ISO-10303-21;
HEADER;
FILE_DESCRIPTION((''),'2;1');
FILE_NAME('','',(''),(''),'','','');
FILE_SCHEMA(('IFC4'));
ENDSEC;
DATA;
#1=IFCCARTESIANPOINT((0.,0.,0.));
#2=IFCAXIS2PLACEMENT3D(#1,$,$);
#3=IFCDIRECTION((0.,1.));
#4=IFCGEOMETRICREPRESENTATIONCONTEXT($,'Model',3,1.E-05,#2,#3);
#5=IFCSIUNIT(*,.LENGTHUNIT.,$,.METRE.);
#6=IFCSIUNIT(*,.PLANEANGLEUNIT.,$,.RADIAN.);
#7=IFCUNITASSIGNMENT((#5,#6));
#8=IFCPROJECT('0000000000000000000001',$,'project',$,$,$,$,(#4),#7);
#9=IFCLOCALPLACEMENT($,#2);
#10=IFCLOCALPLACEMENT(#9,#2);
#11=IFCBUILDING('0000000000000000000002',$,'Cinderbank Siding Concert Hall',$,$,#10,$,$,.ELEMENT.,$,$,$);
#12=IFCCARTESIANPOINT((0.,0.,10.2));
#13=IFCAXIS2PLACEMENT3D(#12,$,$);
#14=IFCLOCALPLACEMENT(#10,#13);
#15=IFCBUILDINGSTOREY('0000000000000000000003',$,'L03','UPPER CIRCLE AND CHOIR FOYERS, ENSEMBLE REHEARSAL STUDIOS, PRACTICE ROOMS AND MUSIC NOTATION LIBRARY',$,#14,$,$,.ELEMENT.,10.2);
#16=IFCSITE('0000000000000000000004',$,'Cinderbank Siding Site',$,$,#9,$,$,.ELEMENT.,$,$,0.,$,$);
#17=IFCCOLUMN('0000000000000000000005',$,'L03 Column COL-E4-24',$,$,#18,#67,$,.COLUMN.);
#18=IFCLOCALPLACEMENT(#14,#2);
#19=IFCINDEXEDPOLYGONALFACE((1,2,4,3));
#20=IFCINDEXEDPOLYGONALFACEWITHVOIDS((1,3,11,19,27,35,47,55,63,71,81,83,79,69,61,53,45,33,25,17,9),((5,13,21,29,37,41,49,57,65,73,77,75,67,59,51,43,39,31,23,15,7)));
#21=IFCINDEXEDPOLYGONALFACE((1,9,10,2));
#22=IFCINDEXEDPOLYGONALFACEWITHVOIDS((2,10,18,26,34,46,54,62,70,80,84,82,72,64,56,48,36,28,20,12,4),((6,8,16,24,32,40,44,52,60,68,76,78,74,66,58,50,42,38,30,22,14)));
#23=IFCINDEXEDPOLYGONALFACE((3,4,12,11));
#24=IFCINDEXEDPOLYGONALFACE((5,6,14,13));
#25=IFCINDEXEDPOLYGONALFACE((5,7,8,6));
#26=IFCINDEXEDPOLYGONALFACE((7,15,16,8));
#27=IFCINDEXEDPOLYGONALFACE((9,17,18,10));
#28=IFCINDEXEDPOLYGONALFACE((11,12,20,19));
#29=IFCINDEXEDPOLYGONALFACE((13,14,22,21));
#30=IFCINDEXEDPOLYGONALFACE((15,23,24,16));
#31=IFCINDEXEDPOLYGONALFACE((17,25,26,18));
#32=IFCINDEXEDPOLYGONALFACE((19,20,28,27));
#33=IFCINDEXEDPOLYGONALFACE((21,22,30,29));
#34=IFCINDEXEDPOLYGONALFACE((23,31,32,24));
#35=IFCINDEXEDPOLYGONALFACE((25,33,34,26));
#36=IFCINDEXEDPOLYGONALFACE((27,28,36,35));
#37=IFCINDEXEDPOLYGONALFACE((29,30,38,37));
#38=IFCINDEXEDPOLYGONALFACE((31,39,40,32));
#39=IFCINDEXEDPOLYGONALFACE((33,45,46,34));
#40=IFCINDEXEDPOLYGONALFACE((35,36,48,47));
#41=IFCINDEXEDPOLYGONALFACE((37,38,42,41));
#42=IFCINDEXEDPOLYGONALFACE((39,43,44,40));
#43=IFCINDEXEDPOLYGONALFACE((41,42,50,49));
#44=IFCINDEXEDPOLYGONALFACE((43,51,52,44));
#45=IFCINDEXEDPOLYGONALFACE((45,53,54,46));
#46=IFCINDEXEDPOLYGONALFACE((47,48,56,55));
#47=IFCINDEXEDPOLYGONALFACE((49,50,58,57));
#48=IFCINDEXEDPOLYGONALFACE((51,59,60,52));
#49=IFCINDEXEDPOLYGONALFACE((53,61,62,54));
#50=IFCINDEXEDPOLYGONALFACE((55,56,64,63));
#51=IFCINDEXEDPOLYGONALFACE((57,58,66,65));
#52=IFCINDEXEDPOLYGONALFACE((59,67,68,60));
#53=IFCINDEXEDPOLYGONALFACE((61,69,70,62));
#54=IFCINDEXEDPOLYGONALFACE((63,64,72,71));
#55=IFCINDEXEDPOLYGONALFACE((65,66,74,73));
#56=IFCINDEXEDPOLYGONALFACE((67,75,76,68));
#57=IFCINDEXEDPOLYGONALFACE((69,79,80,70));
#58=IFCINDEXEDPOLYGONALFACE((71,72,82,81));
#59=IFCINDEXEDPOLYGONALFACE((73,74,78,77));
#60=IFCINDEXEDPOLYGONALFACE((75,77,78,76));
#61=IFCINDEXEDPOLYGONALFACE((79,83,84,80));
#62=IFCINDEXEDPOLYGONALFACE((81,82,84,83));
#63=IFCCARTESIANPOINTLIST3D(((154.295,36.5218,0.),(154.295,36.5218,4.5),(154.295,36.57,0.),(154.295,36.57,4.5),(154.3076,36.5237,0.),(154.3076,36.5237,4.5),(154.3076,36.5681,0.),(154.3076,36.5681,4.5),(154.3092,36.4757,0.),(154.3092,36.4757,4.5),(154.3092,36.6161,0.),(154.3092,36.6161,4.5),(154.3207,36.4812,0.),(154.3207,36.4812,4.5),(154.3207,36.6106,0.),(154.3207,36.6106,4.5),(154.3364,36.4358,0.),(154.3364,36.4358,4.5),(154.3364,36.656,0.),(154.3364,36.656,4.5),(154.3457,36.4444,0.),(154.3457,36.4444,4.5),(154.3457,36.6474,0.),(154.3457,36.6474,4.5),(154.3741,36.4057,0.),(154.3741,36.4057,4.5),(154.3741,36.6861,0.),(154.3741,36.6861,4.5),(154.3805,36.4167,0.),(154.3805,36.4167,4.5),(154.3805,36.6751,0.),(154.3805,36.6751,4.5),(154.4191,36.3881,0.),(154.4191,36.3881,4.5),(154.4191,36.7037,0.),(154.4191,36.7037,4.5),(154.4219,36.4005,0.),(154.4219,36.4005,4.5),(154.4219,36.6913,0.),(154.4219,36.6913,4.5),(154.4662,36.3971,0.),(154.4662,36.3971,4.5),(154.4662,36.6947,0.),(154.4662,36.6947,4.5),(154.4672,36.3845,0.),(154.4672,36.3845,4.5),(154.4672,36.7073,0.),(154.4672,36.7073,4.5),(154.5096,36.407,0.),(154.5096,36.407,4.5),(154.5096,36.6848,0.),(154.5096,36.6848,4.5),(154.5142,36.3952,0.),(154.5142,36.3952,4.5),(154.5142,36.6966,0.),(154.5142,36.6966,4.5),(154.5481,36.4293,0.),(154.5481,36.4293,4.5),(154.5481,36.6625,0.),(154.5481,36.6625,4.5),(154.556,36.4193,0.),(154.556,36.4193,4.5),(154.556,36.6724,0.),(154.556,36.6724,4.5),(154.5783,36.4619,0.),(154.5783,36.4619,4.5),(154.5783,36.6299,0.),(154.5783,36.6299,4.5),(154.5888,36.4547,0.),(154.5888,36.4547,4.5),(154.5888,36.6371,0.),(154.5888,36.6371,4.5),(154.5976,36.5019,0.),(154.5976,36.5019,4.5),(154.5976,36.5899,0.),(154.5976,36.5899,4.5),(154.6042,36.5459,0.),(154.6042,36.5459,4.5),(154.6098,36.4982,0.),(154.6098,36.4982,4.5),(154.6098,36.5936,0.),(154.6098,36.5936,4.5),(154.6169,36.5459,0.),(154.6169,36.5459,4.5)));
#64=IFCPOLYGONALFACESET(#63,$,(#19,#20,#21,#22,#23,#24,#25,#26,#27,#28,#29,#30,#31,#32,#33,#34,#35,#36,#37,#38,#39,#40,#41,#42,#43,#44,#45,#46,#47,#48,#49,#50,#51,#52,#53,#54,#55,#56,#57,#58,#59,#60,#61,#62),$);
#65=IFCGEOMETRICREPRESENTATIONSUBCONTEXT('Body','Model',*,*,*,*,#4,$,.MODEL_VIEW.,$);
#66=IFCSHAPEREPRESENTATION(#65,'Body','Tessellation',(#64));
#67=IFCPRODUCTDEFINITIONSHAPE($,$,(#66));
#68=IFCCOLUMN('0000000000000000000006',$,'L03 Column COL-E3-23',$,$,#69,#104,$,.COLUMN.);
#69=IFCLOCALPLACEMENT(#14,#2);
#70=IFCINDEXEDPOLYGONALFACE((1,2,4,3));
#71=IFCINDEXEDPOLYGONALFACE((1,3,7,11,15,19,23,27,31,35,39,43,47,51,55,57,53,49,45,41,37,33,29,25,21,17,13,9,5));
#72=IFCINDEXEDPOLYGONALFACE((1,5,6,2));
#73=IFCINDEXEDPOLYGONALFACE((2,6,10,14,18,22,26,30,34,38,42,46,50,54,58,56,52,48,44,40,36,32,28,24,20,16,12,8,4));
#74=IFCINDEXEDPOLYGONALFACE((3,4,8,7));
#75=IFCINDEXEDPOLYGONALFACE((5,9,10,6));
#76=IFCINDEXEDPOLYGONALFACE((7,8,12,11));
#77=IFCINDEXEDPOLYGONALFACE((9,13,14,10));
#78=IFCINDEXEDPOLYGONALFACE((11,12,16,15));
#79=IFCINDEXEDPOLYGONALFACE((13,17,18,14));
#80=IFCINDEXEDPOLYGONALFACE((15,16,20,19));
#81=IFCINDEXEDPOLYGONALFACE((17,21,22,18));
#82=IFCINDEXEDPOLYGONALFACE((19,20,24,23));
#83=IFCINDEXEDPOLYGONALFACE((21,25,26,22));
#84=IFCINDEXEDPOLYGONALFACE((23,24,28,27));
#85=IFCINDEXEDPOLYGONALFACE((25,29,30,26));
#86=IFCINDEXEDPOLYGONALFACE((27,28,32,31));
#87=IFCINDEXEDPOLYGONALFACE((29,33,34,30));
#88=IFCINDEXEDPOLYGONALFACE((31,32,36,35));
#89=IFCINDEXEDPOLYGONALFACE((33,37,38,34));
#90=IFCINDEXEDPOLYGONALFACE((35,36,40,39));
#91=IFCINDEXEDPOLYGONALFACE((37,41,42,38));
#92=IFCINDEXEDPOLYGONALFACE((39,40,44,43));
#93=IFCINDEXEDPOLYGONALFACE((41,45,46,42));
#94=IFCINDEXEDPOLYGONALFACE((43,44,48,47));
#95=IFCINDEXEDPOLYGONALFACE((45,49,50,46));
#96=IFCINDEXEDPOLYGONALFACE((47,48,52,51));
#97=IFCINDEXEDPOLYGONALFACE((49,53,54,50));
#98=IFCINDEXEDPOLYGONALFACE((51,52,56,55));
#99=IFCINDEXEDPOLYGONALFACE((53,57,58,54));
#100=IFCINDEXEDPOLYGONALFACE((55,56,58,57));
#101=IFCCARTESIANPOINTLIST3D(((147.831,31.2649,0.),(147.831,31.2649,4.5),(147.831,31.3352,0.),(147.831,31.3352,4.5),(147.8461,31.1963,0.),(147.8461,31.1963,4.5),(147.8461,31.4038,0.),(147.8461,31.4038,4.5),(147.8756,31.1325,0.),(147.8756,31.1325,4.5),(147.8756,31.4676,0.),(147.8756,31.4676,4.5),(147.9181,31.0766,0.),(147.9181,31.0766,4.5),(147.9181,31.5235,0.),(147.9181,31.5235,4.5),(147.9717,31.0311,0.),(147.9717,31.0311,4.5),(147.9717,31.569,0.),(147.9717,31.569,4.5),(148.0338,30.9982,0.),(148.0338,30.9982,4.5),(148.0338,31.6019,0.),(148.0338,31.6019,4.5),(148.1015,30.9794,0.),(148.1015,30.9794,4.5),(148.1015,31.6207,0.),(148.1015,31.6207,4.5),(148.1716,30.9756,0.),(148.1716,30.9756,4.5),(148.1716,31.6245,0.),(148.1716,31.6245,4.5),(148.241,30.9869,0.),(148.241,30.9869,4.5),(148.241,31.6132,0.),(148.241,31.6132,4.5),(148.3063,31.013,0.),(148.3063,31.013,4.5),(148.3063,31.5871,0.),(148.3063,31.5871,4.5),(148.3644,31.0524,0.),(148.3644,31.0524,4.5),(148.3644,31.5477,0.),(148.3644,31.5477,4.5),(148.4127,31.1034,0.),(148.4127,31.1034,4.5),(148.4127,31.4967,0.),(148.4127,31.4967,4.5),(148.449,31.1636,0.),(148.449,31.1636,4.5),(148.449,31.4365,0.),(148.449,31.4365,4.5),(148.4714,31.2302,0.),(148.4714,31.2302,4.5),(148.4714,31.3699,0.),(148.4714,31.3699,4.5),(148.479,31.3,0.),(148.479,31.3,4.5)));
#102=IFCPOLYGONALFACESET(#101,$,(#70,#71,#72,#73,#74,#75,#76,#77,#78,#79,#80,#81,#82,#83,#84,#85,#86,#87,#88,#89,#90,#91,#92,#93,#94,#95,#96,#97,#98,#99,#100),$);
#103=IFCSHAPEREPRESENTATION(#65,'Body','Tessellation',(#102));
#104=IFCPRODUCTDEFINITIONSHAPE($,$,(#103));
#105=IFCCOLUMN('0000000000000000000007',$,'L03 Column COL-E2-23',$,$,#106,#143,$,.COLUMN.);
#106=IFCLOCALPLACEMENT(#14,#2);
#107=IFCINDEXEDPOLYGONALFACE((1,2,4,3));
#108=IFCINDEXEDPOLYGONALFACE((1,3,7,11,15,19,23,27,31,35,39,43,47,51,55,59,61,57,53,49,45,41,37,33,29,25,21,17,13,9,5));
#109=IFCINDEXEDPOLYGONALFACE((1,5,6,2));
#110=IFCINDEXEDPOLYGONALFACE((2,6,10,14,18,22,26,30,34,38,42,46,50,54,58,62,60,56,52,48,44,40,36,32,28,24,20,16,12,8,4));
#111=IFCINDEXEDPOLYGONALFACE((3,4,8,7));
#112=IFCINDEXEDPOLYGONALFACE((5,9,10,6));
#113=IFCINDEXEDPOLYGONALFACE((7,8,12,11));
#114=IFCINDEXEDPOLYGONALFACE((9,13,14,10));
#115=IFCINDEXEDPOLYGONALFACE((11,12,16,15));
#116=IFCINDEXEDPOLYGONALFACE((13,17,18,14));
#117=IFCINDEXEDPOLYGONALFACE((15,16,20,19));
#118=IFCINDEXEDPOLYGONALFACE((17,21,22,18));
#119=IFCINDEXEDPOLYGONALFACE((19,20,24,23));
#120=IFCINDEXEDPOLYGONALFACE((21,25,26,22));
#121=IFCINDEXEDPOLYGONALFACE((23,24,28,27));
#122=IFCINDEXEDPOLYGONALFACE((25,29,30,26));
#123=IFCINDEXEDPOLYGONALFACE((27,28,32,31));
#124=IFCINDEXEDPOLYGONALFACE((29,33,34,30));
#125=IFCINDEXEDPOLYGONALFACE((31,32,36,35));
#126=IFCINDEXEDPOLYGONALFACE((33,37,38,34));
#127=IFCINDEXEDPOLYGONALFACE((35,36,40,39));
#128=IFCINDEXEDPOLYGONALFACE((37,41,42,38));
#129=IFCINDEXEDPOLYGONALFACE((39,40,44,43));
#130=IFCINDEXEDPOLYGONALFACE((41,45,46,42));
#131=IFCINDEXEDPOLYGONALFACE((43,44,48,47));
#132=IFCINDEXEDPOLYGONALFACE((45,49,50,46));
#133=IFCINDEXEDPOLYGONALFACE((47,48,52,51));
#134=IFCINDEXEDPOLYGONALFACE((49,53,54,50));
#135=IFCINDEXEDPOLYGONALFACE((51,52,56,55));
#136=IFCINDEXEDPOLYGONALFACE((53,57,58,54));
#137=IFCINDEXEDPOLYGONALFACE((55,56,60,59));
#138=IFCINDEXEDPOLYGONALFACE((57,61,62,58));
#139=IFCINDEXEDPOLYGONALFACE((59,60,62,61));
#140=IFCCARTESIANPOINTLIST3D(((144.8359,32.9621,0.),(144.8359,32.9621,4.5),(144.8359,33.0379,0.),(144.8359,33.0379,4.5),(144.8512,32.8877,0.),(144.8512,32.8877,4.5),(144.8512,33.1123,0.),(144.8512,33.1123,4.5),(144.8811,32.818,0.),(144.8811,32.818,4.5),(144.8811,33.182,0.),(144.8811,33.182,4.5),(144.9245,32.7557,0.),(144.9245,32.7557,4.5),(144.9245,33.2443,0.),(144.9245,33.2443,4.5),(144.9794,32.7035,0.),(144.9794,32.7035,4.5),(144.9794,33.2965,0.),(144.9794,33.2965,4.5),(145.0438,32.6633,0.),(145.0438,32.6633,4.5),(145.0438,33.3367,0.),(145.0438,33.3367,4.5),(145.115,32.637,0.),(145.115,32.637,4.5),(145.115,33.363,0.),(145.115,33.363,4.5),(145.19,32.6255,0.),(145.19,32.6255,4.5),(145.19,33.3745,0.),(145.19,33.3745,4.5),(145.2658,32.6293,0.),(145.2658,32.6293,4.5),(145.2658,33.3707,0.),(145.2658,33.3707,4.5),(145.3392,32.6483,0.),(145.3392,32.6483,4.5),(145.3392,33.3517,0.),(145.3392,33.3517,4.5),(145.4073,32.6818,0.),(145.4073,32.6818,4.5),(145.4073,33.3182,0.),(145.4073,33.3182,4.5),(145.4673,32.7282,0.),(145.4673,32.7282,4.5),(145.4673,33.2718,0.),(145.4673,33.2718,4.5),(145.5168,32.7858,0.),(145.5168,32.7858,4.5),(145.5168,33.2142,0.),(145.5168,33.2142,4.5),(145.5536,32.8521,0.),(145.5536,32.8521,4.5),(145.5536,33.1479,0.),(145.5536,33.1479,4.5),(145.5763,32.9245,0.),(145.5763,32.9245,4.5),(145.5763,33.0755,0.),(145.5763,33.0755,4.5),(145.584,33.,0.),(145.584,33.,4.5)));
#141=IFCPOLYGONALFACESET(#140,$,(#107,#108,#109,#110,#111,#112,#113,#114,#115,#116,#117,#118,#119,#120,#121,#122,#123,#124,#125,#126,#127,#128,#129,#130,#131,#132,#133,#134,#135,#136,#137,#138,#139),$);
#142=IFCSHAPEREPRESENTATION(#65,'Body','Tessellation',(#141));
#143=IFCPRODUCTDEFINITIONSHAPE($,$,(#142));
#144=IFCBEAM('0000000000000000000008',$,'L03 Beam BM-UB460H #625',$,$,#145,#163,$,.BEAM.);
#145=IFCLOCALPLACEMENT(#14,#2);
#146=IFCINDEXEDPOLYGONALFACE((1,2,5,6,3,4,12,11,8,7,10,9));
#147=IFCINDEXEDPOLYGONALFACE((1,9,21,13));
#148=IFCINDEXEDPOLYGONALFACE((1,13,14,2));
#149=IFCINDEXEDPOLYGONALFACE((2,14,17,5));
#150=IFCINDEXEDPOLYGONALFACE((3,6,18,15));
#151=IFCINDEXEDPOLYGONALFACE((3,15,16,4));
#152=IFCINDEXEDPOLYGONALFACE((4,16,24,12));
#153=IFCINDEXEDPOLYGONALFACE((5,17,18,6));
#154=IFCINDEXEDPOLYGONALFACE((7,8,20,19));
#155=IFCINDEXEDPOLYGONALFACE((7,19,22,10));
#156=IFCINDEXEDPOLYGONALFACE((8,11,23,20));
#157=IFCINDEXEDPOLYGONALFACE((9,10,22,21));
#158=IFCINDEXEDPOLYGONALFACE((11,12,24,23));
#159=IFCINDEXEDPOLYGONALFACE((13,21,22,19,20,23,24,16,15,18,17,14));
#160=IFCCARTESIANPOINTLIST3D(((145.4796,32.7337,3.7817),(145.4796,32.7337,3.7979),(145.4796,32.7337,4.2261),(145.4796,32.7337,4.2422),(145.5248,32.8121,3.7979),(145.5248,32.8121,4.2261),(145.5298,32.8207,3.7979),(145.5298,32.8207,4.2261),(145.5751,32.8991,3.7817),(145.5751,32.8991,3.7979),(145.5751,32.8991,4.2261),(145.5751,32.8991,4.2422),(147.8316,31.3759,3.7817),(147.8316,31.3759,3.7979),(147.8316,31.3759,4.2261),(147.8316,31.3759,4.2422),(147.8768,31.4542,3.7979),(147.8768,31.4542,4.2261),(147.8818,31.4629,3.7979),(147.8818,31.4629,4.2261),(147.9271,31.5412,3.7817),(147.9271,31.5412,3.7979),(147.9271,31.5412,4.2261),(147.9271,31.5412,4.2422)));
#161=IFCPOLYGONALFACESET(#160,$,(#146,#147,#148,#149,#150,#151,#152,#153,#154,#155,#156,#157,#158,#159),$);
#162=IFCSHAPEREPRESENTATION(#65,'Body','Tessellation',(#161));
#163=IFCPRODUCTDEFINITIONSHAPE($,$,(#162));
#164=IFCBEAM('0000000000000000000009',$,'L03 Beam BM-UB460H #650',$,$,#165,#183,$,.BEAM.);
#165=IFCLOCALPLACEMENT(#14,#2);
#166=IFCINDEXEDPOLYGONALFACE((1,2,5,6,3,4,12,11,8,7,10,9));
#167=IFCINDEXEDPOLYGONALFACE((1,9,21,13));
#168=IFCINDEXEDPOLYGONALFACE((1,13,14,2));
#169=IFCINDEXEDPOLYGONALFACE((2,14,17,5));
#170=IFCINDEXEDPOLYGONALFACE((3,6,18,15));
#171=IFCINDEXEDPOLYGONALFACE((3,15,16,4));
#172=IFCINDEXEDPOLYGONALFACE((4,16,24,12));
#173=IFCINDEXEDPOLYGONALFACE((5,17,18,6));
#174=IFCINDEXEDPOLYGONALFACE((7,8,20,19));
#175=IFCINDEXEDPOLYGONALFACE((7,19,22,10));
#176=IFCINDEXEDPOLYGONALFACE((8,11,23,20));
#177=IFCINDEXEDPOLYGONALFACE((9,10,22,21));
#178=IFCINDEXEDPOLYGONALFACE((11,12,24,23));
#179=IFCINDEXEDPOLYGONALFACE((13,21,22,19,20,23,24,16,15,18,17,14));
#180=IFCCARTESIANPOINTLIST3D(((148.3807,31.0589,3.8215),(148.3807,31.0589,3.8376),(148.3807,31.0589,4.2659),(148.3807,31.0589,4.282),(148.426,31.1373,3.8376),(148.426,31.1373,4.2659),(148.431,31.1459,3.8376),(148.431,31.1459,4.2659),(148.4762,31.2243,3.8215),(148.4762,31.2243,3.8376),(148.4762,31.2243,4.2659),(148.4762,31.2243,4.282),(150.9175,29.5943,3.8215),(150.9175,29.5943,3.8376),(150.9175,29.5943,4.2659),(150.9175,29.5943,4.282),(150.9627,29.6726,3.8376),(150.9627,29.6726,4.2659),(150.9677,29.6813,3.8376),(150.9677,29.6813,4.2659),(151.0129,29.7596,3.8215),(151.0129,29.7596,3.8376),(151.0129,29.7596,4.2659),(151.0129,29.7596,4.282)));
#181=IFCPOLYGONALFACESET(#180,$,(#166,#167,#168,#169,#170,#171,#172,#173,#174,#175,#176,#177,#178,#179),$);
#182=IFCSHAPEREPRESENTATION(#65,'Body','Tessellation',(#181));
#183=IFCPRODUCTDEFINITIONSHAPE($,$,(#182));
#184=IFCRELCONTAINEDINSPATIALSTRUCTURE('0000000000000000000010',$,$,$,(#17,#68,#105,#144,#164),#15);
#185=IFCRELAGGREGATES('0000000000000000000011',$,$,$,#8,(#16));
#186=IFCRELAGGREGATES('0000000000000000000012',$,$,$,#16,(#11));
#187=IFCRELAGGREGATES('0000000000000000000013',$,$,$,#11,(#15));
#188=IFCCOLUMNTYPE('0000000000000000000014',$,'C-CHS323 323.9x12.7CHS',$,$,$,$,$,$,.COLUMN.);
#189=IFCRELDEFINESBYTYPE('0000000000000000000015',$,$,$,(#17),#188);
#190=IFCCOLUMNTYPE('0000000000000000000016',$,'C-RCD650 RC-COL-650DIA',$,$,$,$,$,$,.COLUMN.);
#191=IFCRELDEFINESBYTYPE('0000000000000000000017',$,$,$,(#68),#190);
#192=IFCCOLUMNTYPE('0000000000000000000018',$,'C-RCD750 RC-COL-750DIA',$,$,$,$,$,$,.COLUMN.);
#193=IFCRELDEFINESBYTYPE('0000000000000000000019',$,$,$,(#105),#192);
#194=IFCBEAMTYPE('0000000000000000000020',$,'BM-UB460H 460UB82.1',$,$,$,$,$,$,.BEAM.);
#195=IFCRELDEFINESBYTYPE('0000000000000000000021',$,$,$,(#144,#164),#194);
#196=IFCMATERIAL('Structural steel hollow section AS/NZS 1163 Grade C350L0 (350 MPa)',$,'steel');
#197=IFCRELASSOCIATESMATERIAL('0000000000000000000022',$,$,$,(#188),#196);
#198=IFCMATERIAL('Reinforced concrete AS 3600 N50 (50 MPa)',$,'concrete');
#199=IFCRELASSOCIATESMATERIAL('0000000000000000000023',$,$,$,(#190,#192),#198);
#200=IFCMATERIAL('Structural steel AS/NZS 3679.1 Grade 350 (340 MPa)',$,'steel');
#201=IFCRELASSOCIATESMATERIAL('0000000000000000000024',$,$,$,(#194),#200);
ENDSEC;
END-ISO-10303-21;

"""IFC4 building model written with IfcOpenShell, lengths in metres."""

from ifc_helpers import new_model, si_unit, direction, frame, origin, origin_2d, place, context, subcontext, project, spatial, circle, hollow_circle, i_section, extrude, material, material_profile, profile_set, type_object, element, save


model = new_model("IFC4")

# Units and contexts
model_context = context("Model", 3, precision=1e-05, world=origin(), true_north=direction((0.0, 1.0)))
body_context = subcontext(model_context, "Body", "Model", "MODEL_VIEW")
ifc_project = project(units=[si_unit("LENGTHUNIT", "METRE"), si_unit("PLANEANGLEUNIT", "RADIAN")], contexts=[model_context])

# Site, building, storey
site_placement = place(None, origin())
site = spatial("IfcSite", under=ifc_project, at=site_placement, Name="Cinderbank Siding Site", CompositionType="ELEMENT", RefElevation=0.0)
building_placement = place(site_placement, origin())
building = spatial("IfcBuilding", under=site, at=building_placement, Name="Cinderbank Siding Concert Hall", CompositionType="ELEMENT")
storey_placement = place(building_placement, frame((0.0, 0.0, 10.2)))
storey = spatial("IfcBuildingStorey", under=building, at=storey_placement, Name="L03", Description="UPPER CIRCLE AND CHOIR FOYERS, ENSEMBLE REHEARSAL STUDIOS, PRACTICE ROOMS AND MUSIC NOTATION LIBRARY", CompositionType="ELEMENT", Elevation=10.2)

# Columns
ifc_material_1 = material(Name="Structural steel hollow section AS/NZS 1163 Grade C350L0 (350 MPa)", Category="steel")
ifc_material_profile_1 = material_profile(ifc_material_1, hollow_circle(Radius=0.1619, WallThickness=0.0127, at=origin_2d()), Name="323.9x12.7CHS", Category="LoadBearing")
ifc_profile_set_1 = profile_set([ifc_material_profile_1], Name="Structural steel hollow section AS/NZS 1163 Grade C350L0 (350 MPa)")
column_type_1 = type_object("IfcColumnType", Name="C-CHS323 323.9x12.7CHS", PredefinedType="COLUMN", material=ifc_profile_set_1)
column_1_placement = place(storey_placement, frame((154.4551, 36.5459, 0.0), z_axis=(0.0, 0.0, 1.0), x_axis=(1.0, 0.0, 0.0)))
element("IfcColumn", 1, at=column_1_placement, inside=storey, type_object=column_type_1, Name="L03 Column COL-E4-24", PredefinedType="COLUMN", context=body_context, shape_type="SweptSolid", body=[
    extrude(hollow_circle(Radius=0.1619, WallThickness=0.0127, at=origin_2d()), origin(), (0.0, 0.0, 1.0), 4.5),
])
ifc_material_2 = material(Name="Reinforced concrete AS 3600 N50 (50 MPa)", Category="concrete")
ifc_material_profile_2 = material_profile(ifc_material_2, circle(Radius=0.325, at=origin_2d()), Name="RC-COL-650DIA", Category="LoadBearing")
ifc_profile_set_2 = profile_set([ifc_material_profile_2], Name="Reinforced concrete AS 3600 N50 (50 MPa)")
column_type_2 = type_object("IfcColumnType", Name="C-RCD650 RC-COL-650DIA", PredefinedType="COLUMN", material=ifc_profile_set_2)
column_2_placement = place(storey_placement, frame((148.1541, 31.3, 0.0), z_axis=(0.0, 0.0, 1.0), x_axis=(1.0, 0.0, 0.0)))
element("IfcColumn", 2, at=column_2_placement, inside=storey, type_object=column_type_2, Name="L03 Column COL-E3-23", PredefinedType="COLUMN", context=body_context, shape_type="SweptSolid", body=[
    extrude(circle(Radius=0.325, at=origin_2d()), origin(), (0.0, 0.0, 1.0), 4.5),
])
ifc_material_profile_3 = material_profile(ifc_material_2, circle(Radius=0.375, at=origin_2d()), Name="RC-COL-750DIA", Category="LoadBearing")
ifc_profile_set_3 = profile_set([ifc_material_profile_3], Name="Reinforced concrete AS 3600 N50 (50 MPa)")
column_type_3 = type_object("IfcColumnType", Name="C-RCD750 RC-COL-750DIA", PredefinedType="COLUMN", material=ifc_profile_set_3)
column_3_placement = place(storey_placement, frame((145.209, 33.0, 0.0), z_axis=(0.0, 0.0, 1.0), x_axis=(1.0, 0.0, 0.0)))
element("IfcColumn", 3, at=column_3_placement, inside=storey, type_object=column_type_3, Name="L03 Column COL-E2-23", PredefinedType="COLUMN", context=body_context, shape_type="SweptSolid", body=[
    extrude(circle(Radius=0.375, at=origin_2d()), origin(), (0.0, 0.0, 1.0), 4.5),
])

# Beams
ifc_material_3 = material(Name="Structural steel AS/NZS 3679.1 Grade 350 (340 MPa)", Category="steel")
ifc_material_profile_4 = material_profile(ifc_material_3, i_section(OverallWidth=0.1909, OverallDepth=0.4604, WebThickness=0.01, FlangeThickness=0.0161, at=origin_2d()), Name="460UB82.1", Category="LoadBearing")
ifc_profile_set_4 = profile_set([ifc_material_profile_4], Name="Structural steel AS/NZS 3679.1 Grade 350 (340 MPa)")
beam_type_1 = type_object("IfcBeamType", Name="BM-UB460H 460UB82.1", PredefinedType="BEAM", material=ifc_profile_set_4)
beam_1_placement = place(storey_placement, frame((145.5273, 32.8164, 4.012), z_axis=(0.866033, -0.499987, 0.0), x_axis=(0.499987, 0.866033, 0.0)))
element("IfcBeam", 4, at=beam_1_placement, inside=storey, type_object=beam_type_1, Name="L03 Beam BM-UB460H #625", PredefinedType="BEAM", context=body_context, shape_type="SweptSolid", body=[
    extrude(i_section(OverallWidth=0.1909, OverallDepth=0.4604, WebThickness=0.01, FlangeThickness=0.0161, at=origin_2d()), origin(), (0.0, 0.0, 1.0), 2.7158),
])
beam_2_placement = place(storey_placement, frame((148.4285, 31.1416, 4.0518), z_axis=(0.866013, -0.500021, 0.0), x_axis=(0.500021, 0.866013, 0.0)))
element("IfcBeam", 5, at=beam_2_placement, inside=storey, type_object=beam_type_1, Name="L03 Beam BM-UB460H #650", PredefinedType="BEAM", context=body_context, shape_type="SweptSolid", body=[
    extrude(i_section(OverallWidth=0.1909, OverallDepth=0.4604, WebThickness=0.01, FlangeThickness=0.0161, at=origin_2d()), origin(), (0.0, 0.0, 1.0), 2.9292),
])

save(model, "model.ifc")
